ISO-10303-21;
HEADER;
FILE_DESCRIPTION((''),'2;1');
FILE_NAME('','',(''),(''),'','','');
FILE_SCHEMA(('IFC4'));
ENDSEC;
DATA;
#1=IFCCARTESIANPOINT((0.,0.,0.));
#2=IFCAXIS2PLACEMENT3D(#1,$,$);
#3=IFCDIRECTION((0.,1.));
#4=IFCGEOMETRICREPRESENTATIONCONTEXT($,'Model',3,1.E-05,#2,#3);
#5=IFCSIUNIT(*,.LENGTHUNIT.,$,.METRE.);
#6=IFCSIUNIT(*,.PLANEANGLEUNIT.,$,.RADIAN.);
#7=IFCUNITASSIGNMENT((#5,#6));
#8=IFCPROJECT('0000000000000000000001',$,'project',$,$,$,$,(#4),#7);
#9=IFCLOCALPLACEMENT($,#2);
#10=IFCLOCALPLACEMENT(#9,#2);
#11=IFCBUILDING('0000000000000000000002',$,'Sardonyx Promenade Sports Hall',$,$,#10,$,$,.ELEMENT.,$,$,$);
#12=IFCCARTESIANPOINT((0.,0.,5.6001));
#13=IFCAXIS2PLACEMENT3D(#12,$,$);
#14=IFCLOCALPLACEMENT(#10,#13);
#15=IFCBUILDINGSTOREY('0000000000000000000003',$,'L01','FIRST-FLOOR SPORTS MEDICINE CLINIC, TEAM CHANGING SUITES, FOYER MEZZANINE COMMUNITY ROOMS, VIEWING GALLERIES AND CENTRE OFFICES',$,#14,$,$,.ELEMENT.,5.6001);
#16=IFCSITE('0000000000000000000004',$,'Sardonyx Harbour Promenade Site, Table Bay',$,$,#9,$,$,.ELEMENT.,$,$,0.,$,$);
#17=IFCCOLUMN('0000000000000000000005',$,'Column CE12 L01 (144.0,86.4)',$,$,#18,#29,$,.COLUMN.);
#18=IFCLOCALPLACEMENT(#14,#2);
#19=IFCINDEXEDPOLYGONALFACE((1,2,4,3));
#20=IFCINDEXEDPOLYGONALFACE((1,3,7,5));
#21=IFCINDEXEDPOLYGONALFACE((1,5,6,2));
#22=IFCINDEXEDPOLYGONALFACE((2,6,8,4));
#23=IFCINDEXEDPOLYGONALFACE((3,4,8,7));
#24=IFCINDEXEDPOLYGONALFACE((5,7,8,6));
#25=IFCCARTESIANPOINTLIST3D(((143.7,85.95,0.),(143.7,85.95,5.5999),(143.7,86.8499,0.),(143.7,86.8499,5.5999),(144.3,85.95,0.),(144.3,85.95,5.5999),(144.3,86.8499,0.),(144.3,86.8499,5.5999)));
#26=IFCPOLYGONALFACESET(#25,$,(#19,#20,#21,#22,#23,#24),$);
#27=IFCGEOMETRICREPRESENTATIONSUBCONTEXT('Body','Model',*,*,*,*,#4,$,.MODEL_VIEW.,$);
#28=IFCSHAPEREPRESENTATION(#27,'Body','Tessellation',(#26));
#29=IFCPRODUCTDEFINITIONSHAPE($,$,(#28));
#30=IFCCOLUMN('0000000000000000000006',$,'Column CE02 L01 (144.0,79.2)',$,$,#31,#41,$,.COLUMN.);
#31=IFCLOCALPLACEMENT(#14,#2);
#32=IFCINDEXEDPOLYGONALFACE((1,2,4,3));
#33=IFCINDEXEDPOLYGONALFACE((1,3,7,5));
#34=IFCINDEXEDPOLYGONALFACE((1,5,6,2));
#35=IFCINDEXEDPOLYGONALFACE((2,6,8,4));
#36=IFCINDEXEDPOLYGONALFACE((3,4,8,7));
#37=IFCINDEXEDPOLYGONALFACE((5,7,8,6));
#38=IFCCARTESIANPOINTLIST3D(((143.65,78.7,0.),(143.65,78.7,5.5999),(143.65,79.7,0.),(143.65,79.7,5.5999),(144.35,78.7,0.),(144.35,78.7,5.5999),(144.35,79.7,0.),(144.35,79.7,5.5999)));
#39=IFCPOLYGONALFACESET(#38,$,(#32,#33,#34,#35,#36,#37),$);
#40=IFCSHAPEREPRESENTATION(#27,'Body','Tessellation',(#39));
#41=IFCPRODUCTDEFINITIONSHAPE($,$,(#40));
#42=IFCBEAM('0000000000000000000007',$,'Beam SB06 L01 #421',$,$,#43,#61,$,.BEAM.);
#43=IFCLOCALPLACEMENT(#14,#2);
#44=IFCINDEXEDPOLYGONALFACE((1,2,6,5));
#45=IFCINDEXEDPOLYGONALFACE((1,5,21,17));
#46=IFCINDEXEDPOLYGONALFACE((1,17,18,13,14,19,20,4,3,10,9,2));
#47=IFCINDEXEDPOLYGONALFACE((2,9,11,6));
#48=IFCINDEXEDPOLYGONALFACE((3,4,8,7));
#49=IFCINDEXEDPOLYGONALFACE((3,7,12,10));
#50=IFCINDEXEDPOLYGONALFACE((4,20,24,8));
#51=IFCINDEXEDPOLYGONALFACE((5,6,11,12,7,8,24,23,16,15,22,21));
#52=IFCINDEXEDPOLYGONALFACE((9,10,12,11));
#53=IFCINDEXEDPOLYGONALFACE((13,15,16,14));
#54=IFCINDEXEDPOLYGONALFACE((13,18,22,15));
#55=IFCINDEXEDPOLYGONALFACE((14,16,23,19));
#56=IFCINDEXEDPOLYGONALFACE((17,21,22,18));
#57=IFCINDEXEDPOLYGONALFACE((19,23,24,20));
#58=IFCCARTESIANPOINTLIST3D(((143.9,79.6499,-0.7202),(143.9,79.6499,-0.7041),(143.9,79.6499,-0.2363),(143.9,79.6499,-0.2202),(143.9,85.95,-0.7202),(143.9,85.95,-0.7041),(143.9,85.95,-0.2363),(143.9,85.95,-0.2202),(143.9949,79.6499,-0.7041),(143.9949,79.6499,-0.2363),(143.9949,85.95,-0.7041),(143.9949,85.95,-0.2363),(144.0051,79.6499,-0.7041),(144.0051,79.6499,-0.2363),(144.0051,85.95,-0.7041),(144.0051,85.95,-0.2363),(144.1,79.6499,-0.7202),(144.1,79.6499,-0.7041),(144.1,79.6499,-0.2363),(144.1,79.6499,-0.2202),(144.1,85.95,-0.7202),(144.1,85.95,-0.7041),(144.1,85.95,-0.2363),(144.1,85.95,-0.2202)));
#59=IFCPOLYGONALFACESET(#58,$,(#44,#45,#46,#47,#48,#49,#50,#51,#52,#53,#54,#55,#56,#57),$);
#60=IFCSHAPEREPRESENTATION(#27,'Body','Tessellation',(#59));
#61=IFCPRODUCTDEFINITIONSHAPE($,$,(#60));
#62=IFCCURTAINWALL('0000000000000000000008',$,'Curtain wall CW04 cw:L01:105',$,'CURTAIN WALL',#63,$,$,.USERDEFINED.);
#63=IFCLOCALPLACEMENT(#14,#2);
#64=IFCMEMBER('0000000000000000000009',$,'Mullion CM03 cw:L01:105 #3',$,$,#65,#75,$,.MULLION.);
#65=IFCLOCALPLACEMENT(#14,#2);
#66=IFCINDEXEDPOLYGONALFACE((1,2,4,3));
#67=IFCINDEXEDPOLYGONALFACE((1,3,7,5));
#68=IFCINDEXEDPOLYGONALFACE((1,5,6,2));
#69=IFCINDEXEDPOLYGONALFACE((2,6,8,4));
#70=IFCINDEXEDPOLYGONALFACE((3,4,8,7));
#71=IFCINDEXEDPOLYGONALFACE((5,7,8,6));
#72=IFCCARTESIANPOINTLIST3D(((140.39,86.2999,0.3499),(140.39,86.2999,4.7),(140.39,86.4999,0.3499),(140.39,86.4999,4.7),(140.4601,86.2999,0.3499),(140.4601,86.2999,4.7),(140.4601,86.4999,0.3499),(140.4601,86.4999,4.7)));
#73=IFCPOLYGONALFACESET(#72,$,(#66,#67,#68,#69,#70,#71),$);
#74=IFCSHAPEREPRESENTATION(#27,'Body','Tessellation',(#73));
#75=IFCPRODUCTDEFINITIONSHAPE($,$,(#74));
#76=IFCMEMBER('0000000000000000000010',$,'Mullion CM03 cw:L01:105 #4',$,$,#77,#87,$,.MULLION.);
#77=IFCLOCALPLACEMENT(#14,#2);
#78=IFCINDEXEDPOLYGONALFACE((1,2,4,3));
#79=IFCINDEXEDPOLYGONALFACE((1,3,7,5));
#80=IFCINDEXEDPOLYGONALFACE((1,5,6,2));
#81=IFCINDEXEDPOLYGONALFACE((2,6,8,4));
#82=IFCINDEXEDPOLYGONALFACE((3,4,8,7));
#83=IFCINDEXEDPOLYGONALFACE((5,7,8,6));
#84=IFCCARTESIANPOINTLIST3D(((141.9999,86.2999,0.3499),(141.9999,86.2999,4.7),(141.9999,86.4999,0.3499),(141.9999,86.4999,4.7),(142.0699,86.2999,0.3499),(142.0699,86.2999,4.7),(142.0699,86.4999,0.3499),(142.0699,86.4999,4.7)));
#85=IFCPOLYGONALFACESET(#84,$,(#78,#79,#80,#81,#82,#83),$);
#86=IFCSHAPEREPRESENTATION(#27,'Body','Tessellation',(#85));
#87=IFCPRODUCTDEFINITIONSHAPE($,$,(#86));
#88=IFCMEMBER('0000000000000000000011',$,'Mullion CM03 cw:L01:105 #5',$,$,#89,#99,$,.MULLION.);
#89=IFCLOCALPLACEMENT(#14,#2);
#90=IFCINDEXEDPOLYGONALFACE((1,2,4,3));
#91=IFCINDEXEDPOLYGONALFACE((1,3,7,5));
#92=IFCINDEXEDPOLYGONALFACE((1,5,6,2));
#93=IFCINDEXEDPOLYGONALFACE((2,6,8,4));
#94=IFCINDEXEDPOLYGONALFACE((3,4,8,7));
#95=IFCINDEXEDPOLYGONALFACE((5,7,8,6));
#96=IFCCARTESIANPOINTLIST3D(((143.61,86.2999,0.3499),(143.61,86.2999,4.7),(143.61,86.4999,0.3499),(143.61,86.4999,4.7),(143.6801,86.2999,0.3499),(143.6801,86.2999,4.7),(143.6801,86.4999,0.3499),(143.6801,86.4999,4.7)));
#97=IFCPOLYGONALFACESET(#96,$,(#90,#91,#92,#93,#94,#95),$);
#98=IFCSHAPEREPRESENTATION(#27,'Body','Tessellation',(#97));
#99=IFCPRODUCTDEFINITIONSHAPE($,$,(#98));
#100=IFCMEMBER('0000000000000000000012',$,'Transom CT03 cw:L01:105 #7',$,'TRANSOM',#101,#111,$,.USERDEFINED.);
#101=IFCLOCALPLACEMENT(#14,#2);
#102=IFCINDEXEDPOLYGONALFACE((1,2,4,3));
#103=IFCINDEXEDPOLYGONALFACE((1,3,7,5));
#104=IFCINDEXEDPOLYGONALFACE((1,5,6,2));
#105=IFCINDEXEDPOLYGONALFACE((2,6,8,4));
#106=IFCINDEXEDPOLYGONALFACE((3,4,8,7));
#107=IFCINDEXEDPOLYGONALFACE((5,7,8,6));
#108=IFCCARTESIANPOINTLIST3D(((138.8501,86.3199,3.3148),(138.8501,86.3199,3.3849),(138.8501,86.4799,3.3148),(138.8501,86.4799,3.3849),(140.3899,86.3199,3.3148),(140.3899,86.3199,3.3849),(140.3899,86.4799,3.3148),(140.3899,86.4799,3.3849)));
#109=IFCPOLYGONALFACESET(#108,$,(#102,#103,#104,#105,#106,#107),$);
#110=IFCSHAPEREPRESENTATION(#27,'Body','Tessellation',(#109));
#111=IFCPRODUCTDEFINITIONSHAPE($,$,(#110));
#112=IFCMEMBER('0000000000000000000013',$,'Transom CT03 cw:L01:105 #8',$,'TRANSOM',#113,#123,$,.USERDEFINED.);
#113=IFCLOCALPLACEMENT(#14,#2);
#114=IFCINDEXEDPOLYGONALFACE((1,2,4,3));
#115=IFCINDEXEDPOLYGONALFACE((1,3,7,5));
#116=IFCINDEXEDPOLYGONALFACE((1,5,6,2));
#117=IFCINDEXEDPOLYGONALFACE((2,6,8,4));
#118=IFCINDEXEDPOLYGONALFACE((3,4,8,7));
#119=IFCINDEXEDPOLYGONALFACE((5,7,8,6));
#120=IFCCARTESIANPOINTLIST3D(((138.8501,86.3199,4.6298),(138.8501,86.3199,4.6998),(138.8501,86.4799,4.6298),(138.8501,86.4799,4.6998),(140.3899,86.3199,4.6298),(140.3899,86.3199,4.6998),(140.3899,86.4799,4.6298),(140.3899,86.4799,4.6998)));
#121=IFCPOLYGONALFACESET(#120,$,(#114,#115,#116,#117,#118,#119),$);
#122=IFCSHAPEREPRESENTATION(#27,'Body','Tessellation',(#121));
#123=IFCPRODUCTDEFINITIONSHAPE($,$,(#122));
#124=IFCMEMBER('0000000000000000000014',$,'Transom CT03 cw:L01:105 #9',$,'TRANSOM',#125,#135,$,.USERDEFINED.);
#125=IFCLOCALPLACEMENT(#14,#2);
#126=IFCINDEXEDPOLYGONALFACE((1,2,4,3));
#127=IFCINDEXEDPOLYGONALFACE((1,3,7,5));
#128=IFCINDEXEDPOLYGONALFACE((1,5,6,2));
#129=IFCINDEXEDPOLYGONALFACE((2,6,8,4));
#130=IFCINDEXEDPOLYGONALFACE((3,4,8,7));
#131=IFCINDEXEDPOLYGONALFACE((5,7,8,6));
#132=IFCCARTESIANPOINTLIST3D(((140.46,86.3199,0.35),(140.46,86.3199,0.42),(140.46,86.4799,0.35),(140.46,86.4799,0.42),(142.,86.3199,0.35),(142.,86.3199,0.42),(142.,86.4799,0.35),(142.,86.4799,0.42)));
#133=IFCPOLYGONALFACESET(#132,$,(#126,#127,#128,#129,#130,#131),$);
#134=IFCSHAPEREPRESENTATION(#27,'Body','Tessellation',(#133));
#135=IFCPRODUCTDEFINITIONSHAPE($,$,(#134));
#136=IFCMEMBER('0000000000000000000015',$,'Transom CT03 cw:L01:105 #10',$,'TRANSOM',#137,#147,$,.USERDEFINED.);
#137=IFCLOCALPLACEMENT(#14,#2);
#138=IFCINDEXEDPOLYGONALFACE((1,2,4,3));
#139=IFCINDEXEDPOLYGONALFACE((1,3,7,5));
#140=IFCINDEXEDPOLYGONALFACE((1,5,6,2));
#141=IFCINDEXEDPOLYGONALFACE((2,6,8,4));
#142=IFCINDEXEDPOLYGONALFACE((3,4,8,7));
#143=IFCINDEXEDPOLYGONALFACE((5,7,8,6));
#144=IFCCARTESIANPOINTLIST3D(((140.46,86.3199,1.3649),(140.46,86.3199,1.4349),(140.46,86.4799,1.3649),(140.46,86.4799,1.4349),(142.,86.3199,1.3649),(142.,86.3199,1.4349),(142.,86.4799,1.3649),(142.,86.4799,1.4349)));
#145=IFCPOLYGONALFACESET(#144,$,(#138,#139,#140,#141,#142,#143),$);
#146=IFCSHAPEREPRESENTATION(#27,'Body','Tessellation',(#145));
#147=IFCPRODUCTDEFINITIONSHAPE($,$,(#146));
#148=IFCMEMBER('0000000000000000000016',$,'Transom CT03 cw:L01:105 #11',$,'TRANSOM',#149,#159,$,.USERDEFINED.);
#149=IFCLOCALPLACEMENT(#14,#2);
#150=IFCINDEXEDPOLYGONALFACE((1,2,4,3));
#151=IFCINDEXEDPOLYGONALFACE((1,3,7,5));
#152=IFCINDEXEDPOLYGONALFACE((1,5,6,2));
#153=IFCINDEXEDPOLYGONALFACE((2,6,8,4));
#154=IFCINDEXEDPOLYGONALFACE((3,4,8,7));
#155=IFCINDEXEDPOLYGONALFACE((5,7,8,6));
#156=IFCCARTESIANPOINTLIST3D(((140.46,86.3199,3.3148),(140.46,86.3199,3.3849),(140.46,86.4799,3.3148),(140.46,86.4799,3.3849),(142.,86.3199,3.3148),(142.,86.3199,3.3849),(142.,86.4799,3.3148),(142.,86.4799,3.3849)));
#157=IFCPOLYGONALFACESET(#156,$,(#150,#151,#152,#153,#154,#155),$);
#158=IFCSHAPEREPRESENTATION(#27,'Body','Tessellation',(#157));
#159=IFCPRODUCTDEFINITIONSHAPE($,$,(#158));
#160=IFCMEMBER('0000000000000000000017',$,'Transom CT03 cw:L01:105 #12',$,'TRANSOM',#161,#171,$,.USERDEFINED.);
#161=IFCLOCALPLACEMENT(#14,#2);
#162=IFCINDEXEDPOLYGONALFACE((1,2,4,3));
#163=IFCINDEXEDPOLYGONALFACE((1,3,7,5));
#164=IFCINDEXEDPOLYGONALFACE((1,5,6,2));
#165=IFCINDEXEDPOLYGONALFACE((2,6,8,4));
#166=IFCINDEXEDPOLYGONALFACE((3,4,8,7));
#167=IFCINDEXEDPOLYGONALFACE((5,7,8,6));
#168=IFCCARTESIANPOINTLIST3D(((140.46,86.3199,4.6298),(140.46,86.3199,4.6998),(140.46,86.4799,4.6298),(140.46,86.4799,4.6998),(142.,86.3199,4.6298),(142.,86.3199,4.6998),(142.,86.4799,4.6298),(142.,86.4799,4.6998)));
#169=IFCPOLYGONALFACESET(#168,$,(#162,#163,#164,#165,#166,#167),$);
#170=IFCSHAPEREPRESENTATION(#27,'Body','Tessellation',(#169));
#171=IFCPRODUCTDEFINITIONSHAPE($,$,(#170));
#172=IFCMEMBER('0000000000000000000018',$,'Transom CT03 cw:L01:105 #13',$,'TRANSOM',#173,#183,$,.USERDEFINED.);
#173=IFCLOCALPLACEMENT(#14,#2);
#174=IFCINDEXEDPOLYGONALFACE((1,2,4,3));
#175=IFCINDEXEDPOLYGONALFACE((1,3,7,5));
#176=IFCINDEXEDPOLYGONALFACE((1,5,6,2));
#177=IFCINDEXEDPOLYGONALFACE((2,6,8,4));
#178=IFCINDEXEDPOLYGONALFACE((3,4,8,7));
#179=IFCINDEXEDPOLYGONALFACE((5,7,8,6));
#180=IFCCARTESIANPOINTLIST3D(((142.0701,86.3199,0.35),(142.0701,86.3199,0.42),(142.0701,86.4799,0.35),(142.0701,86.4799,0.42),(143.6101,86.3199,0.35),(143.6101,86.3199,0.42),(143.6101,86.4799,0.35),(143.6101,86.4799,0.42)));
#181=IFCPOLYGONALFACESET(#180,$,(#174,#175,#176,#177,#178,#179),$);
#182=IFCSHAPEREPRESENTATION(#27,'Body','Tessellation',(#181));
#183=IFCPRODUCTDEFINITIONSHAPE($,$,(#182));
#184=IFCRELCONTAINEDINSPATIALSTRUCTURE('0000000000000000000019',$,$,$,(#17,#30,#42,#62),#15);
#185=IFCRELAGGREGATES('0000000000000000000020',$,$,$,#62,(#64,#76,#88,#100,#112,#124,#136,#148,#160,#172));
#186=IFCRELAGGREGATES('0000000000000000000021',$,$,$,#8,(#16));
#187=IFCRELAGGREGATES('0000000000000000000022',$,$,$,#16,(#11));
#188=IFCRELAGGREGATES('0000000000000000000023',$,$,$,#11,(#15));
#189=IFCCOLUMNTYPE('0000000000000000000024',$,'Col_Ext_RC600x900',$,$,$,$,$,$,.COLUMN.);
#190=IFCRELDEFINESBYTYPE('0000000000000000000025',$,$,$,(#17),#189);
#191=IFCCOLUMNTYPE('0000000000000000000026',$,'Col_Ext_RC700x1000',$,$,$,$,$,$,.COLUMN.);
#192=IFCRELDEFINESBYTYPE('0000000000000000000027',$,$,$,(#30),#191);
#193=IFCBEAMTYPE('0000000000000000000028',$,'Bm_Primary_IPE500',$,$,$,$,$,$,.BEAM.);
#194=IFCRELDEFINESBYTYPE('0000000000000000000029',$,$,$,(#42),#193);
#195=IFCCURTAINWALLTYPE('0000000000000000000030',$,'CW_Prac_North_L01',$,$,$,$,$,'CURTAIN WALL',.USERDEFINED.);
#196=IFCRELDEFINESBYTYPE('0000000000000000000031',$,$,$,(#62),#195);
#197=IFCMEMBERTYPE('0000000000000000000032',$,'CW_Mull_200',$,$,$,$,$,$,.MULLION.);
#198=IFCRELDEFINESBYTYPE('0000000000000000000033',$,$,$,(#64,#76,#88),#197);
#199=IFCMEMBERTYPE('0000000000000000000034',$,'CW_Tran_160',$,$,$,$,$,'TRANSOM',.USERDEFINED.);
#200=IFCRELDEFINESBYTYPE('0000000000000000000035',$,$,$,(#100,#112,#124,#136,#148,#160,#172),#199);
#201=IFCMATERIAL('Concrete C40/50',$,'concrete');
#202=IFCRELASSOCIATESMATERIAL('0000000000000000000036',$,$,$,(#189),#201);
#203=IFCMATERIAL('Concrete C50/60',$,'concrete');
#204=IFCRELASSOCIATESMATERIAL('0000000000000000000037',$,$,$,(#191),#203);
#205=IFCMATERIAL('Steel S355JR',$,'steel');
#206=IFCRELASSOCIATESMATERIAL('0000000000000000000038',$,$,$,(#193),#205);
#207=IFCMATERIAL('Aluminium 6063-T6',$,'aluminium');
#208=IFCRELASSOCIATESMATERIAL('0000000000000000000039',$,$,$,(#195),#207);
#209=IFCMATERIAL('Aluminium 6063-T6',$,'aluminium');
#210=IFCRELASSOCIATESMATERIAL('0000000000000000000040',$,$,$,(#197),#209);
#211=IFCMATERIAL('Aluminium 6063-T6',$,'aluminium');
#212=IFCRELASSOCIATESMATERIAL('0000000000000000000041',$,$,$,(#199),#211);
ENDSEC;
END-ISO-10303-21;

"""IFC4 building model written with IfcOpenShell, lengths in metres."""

from ifc_helpers import new_model, si_unit, direction, frame, origin, origin_2d, place, context, subcontext, project, spatial, rectangle, i_section, extrude, material, material_profile, profile_set, type_object, element, aggregate, save


model = new_model("IFC4")

# Units and contexts
model_context = context("Model", 3, precision=1e-05, world=origin(), true_north=direction((0.0, 1.0)))
body_context = subcontext(model_context, "Body", "Model", "MODEL_VIEW")
ifc_project = project(units=[si_unit("LENGTHUNIT", "METRE"), si_unit("PLANEANGLEUNIT", "RADIAN")], contexts=[model_context])

# Site, building, storey
site_placement = place(None, origin())
site = spatial("IfcSite", under=ifc_project, at=site_placement, Name="Sardonyx Harbour Promenade Site, Table Bay", CompositionType="ELEMENT", RefElevation=0.0)
building_placement = place(site_placement, origin())
building = spatial("IfcBuilding", under=site, at=building_placement, Name="Sardonyx Promenade Sports Hall", CompositionType="ELEMENT")
storey_placement = place(building_placement, frame((0.0, 0.0, 5.6001)))
storey = spatial("IfcBuildingStorey", under=building, at=storey_placement, Name="L01", Description="FIRST-FLOOR SPORTS MEDICINE CLINIC, TEAM CHANGING SUITES, FOYER MEZZANINE COMMUNITY ROOMS, VIEWING GALLERIES AND CENTRE OFFICES", CompositionType="ELEMENT", Elevation=5.6001)

# Columns
ifc_material_1 = material(Name="Concrete C40/50", Category="concrete")
ifc_material_profile_1 = material_profile(ifc_material_1, rectangle(XDim=0.6001, YDim=0.8999, at=origin_2d()))
ifc_profile_set_1 = profile_set([ifc_material_profile_1], Name="Concrete C40/50")
column_type_1 = type_object("IfcColumnType", Name="Col_Ext_RC600x900", PredefinedType="COLUMN", material=ifc_profile_set_1)
column_1_placement = place(storey_placement, frame((144.0, 86.3999, 0.0), z_axis=(0.0, 0.0, 1.0), x_axis=(1.0, 0.0, 0.0)))
element("IfcColumn", 1, at=column_1_placement, inside=storey, type_object=column_type_1, Name="Column CE12 L01 (144.0,86.4)", PredefinedType="COLUMN", context=body_context, shape_type="SweptSolid", body=[
    extrude(rectangle(XDim=0.6001, YDim=0.8999, at=origin_2d()), origin(), (0.0, 0.0, 1.0), 5.5999),
])
ifc_material_2 = material(Name="Concrete C50/60", Category="concrete")
ifc_material_profile_2 = material_profile(ifc_material_2, rectangle(XDim=0.7, YDim=1.0, at=origin_2d()))
ifc_profile_set_2 = profile_set([ifc_material_profile_2], Name="Concrete C50/60")
column_type_2 = type_object("IfcColumnType", Name="Col_Ext_RC700x1000", PredefinedType="COLUMN", material=ifc_profile_set_2)
column_2_placement = place(storey_placement, frame((144.0, 79.2, 0.0), z_axis=(0.0, 0.0, 1.0), x_axis=(1.0, 0.0, 0.0)))
element("IfcColumn", 2, at=column_2_placement, inside=storey, type_object=column_type_2, Name="Column CE02 L01 (144.0,79.2)", PredefinedType="COLUMN", context=body_context, shape_type="SweptSolid", body=[
    extrude(rectangle(XDim=0.7, YDim=1.0, at=origin_2d()), origin(), (0.0, 0.0, 1.0), 5.5999),
])

# Beam
ifc_material_3 = material(Name="Steel S355JR", Category="steel")
ifc_material_profile_3 = material_profile(ifc_material_3, i_section(OverallWidth=0.2, OverallDepth=0.5, WebThickness=0.0103, FlangeThickness=0.0161, at=origin_2d()))
ifc_profile_set_3 = profile_set([ifc_material_profile_3], Name="Steel S355JR")
beam_type = type_object("IfcBeamType", Name="Bm_Primary_IPE500", PredefinedType="BEAM", material=ifc_profile_set_3)
beam_placement = place(storey_placement, frame((144.0, 79.6499, -0.4702), z_axis=(0.0, 1.0, 0.0), x_axis=(-1.0, 0.0, 0.0)))
element("IfcBeam", 3, at=beam_placement, inside=storey, type_object=beam_type, Name="Beam SB06 L01 #421", PredefinedType="BEAM", context=body_context, shape_type="SweptSolid", body=[
    extrude(i_section(OverallWidth=0.2, OverallDepth=0.5, WebThickness=0.0103, FlangeThickness=0.0161, at=origin_2d()), origin(), (0.0, 0.0, 1.0), 6.3),
])

# Curtain wall, members
ifc_material_4 = material(Name="Aluminium 6063-T6", Category="aluminium")
curtain_wall_type = type_object("IfcCurtainWallType", Name="CW_Prac_North_L01", ElementType="CURTAIN WALL", PredefinedType="USERDEFINED", material=ifc_material_4)
curtain_wall_placement = place(storey_placement, origin())
curtain_wall = element("IfcCurtainWall", 4, at=curtain_wall_placement, inside=storey, type_object=curtain_wall_type, Name="Curtain wall CW04 cw:L01:105", ObjectType="CURTAIN WALL", PredefinedType="USERDEFINED")
ifc_material_5 = material(Name="Aluminium 6063-T6", Category="aluminium")
ifc_material_profile_4 = material_profile(ifc_material_5, rectangle(XDim=0.0701, YDim=0.2, at=origin_2d()))
ifc_profile_set_4 = profile_set([ifc_material_profile_4], Name="Aluminium 6063-T6")
member_type_1 = type_object("IfcMemberType", Name="CW_Mull_200", PredefinedType="MULLION", material=ifc_profile_set_4)
member_1_placement = place(storey_placement, frame((140.425, 86.3999, 0.3499), z_axis=(0.0, 0.0, 1.0), x_axis=(1.0, 0.0, 0.0)))
member_1 = element("IfcMember", 5, at=member_1_placement, type_object=member_type_1, Name="Mullion CM03 cw:L01:105 #3", PredefinedType="MULLION", context=body_context, shape_type="SweptSolid", body=[
    extrude(rectangle(XDim=0.0701, YDim=0.2, at=origin_2d()), origin(), (0.0, 0.0, 1.0), 4.3501),
])
member_2_placement = place(storey_placement, frame((142.0349, 86.3999, 0.3499), z_axis=(0.0, 0.0, 1.0), x_axis=(1.0, 0.0, 0.0)))
member_2 = element("IfcMember", 6, at=member_2_placement, type_object=member_type_1, Name="Mullion CM03 cw:L01:105 #4", PredefinedType="MULLION", context=body_context, shape_type="SweptSolid", body=[
    extrude(rectangle(XDim=0.0701, YDim=0.2, at=origin_2d()), origin(), (0.0, 0.0, 1.0), 4.3501),
])
member_3_placement = place(storey_placement, frame((143.645, 86.3999, 0.3499), z_axis=(0.0, 0.0, 1.0), x_axis=(1.0, 0.0, 0.0)))
member_3 = element("IfcMember", 7, at=member_3_placement, type_object=member_type_1, Name="Mullion CM03 cw:L01:105 #5", PredefinedType="MULLION", context=body_context, shape_type="SweptSolid", body=[
    extrude(rectangle(XDim=0.0701, YDim=0.2, at=origin_2d()), origin(), (0.0, 0.0, 1.0), 4.3501),
])
ifc_material_6 = material(Name="Aluminium 6063-T6", Category="aluminium")
ifc_material_profile_5 = material_profile(ifc_material_6, rectangle(XDim=0.0701, YDim=0.1599, at=origin_2d()))
ifc_profile_set_5 = profile_set([ifc_material_profile_5], Name="Aluminium 6063-T6")
member_type_2 = type_object("IfcMemberType", Name="CW_Tran_160", ElementType="TRANSOM", PredefinedType="USERDEFINED", material=ifc_profile_set_5)
member_4_placement = place(storey_placement, frame((138.8501, 86.3999, 3.3499), z_axis=(1.0, 0.0, 0.0), x_axis=(0.0, 0.0, 1.0)))
member_4 = element("IfcMember", 8, at=member_4_placement, type_object=member_type_2, Name="Transom CT03 cw:L01:105 #7", ObjectType="TRANSOM", PredefinedType="USERDEFINED", context=body_context, shape_type="SweptSolid", body=[
    extrude(rectangle(XDim=0.0701, YDim=0.1599, at=origin_2d()), origin(), (0.0, 0.0, 1.0), 1.5398),
])
member_5_placement = place(storey_placement, frame((138.8501, 86.3999, 4.6648), z_axis=(1.0, 0.0, 0.0), x_axis=(0.0, 0.0, 1.0)))
member_5 = element("IfcMember", 9, at=member_5_placement, type_object=member_type_2, Name="Transom CT03 cw:L01:105 #8", ObjectType="TRANSOM", PredefinedType="USERDEFINED", context=body_context, shape_type="SweptSolid", body=[
    extrude(rectangle(XDim=0.0701, YDim=0.1599, at=origin_2d()), origin(), (0.0, 0.0, 1.0), 1.5398),
])
member_6_placement = place(storey_placement, frame((140.46, 86.3999, 0.385), z_axis=(1.0, 0.0, 0.0), x_axis=(0.0, 0.0, 1.0)))
member_6 = element("IfcMember", 10, at=member_6_placement, type_object=member_type_2, Name="Transom CT03 cw:L01:105 #9", ObjectType="TRANSOM", PredefinedType="USERDEFINED", context=body_context, shape_type="SweptSolid", body=[
    extrude(rectangle(XDim=0.0701, YDim=0.1599, at=origin_2d()), origin(), (0.0, 0.0, 1.0), 1.54),
])
member_7_placement = place(storey_placement, frame((140.46, 86.3999, 1.3999), z_axis=(1.0, 0.0, 0.0), x_axis=(0.0, 0.0, 1.0)))
member_7 = element("IfcMember", 11, at=member_7_placement, type_object=member_type_2, Name="Transom CT03 cw:L01:105 #10", ObjectType="TRANSOM", PredefinedType="USERDEFINED", context=body_context, shape_type="SweptSolid", body=[
    extrude(rectangle(XDim=0.0701, YDim=0.1599, at=origin_2d()), origin(), (0.0, 0.0, 1.0), 1.54),
])
member_8_placement = place(storey_placement, frame((140.46, 86.3999, 3.3499), z_axis=(1.0, 0.0, 0.0), x_axis=(0.0, 0.0, 1.0)))
member_8 = element("IfcMember", 12, at=member_8_placement, type_object=member_type_2, Name="Transom CT03 cw:L01:105 #11", ObjectType="TRANSOM", PredefinedType="USERDEFINED", context=body_context, shape_type="SweptSolid", body=[
    extrude(rectangle(XDim=0.0701, YDim=0.1599, at=origin_2d()), origin(), (0.0, 0.0, 1.0), 1.54),
])
member_9_placement = place(storey_placement, frame((140.46, 86.3999, 4.6648), z_axis=(1.0, 0.0, 0.0), x_axis=(0.0, 0.0, 1.0)))
member_9 = element("IfcMember", 13, at=member_9_placement, type_object=member_type_2, Name="Transom CT03 cw:L01:105 #12", ObjectType="TRANSOM", PredefinedType="USERDEFINED", context=body_context, shape_type="SweptSolid", body=[
    extrude(rectangle(XDim=0.0701, YDim=0.1599, at=origin_2d()), origin(), (0.0, 0.0, 1.0), 1.54),
])
member_10_placement = place(storey_placement, frame((142.0701, 86.3999, 0.385), z_axis=(1.0, 0.0, 0.0), x_axis=(0.0, 0.0, 1.0)))
member_10 = element("IfcMember", 14, at=member_10_placement, type_object=member_type_2, Name="Transom CT03 cw:L01:105 #13", ObjectType="TRANSOM", PredefinedType="USERDEFINED", context=body_context, shape_type="SweptSolid", body=[
    extrude(rectangle(XDim=0.0701, YDim=0.1599, at=origin_2d()), origin(), (0.0, 0.0, 1.0), 1.54),
])
aggregate(curtain_wall, [member_1, member_2, member_3, member_4, member_5, member_6, member_7, member_8, member_9, member_10])

save(model, "model.ifc")
